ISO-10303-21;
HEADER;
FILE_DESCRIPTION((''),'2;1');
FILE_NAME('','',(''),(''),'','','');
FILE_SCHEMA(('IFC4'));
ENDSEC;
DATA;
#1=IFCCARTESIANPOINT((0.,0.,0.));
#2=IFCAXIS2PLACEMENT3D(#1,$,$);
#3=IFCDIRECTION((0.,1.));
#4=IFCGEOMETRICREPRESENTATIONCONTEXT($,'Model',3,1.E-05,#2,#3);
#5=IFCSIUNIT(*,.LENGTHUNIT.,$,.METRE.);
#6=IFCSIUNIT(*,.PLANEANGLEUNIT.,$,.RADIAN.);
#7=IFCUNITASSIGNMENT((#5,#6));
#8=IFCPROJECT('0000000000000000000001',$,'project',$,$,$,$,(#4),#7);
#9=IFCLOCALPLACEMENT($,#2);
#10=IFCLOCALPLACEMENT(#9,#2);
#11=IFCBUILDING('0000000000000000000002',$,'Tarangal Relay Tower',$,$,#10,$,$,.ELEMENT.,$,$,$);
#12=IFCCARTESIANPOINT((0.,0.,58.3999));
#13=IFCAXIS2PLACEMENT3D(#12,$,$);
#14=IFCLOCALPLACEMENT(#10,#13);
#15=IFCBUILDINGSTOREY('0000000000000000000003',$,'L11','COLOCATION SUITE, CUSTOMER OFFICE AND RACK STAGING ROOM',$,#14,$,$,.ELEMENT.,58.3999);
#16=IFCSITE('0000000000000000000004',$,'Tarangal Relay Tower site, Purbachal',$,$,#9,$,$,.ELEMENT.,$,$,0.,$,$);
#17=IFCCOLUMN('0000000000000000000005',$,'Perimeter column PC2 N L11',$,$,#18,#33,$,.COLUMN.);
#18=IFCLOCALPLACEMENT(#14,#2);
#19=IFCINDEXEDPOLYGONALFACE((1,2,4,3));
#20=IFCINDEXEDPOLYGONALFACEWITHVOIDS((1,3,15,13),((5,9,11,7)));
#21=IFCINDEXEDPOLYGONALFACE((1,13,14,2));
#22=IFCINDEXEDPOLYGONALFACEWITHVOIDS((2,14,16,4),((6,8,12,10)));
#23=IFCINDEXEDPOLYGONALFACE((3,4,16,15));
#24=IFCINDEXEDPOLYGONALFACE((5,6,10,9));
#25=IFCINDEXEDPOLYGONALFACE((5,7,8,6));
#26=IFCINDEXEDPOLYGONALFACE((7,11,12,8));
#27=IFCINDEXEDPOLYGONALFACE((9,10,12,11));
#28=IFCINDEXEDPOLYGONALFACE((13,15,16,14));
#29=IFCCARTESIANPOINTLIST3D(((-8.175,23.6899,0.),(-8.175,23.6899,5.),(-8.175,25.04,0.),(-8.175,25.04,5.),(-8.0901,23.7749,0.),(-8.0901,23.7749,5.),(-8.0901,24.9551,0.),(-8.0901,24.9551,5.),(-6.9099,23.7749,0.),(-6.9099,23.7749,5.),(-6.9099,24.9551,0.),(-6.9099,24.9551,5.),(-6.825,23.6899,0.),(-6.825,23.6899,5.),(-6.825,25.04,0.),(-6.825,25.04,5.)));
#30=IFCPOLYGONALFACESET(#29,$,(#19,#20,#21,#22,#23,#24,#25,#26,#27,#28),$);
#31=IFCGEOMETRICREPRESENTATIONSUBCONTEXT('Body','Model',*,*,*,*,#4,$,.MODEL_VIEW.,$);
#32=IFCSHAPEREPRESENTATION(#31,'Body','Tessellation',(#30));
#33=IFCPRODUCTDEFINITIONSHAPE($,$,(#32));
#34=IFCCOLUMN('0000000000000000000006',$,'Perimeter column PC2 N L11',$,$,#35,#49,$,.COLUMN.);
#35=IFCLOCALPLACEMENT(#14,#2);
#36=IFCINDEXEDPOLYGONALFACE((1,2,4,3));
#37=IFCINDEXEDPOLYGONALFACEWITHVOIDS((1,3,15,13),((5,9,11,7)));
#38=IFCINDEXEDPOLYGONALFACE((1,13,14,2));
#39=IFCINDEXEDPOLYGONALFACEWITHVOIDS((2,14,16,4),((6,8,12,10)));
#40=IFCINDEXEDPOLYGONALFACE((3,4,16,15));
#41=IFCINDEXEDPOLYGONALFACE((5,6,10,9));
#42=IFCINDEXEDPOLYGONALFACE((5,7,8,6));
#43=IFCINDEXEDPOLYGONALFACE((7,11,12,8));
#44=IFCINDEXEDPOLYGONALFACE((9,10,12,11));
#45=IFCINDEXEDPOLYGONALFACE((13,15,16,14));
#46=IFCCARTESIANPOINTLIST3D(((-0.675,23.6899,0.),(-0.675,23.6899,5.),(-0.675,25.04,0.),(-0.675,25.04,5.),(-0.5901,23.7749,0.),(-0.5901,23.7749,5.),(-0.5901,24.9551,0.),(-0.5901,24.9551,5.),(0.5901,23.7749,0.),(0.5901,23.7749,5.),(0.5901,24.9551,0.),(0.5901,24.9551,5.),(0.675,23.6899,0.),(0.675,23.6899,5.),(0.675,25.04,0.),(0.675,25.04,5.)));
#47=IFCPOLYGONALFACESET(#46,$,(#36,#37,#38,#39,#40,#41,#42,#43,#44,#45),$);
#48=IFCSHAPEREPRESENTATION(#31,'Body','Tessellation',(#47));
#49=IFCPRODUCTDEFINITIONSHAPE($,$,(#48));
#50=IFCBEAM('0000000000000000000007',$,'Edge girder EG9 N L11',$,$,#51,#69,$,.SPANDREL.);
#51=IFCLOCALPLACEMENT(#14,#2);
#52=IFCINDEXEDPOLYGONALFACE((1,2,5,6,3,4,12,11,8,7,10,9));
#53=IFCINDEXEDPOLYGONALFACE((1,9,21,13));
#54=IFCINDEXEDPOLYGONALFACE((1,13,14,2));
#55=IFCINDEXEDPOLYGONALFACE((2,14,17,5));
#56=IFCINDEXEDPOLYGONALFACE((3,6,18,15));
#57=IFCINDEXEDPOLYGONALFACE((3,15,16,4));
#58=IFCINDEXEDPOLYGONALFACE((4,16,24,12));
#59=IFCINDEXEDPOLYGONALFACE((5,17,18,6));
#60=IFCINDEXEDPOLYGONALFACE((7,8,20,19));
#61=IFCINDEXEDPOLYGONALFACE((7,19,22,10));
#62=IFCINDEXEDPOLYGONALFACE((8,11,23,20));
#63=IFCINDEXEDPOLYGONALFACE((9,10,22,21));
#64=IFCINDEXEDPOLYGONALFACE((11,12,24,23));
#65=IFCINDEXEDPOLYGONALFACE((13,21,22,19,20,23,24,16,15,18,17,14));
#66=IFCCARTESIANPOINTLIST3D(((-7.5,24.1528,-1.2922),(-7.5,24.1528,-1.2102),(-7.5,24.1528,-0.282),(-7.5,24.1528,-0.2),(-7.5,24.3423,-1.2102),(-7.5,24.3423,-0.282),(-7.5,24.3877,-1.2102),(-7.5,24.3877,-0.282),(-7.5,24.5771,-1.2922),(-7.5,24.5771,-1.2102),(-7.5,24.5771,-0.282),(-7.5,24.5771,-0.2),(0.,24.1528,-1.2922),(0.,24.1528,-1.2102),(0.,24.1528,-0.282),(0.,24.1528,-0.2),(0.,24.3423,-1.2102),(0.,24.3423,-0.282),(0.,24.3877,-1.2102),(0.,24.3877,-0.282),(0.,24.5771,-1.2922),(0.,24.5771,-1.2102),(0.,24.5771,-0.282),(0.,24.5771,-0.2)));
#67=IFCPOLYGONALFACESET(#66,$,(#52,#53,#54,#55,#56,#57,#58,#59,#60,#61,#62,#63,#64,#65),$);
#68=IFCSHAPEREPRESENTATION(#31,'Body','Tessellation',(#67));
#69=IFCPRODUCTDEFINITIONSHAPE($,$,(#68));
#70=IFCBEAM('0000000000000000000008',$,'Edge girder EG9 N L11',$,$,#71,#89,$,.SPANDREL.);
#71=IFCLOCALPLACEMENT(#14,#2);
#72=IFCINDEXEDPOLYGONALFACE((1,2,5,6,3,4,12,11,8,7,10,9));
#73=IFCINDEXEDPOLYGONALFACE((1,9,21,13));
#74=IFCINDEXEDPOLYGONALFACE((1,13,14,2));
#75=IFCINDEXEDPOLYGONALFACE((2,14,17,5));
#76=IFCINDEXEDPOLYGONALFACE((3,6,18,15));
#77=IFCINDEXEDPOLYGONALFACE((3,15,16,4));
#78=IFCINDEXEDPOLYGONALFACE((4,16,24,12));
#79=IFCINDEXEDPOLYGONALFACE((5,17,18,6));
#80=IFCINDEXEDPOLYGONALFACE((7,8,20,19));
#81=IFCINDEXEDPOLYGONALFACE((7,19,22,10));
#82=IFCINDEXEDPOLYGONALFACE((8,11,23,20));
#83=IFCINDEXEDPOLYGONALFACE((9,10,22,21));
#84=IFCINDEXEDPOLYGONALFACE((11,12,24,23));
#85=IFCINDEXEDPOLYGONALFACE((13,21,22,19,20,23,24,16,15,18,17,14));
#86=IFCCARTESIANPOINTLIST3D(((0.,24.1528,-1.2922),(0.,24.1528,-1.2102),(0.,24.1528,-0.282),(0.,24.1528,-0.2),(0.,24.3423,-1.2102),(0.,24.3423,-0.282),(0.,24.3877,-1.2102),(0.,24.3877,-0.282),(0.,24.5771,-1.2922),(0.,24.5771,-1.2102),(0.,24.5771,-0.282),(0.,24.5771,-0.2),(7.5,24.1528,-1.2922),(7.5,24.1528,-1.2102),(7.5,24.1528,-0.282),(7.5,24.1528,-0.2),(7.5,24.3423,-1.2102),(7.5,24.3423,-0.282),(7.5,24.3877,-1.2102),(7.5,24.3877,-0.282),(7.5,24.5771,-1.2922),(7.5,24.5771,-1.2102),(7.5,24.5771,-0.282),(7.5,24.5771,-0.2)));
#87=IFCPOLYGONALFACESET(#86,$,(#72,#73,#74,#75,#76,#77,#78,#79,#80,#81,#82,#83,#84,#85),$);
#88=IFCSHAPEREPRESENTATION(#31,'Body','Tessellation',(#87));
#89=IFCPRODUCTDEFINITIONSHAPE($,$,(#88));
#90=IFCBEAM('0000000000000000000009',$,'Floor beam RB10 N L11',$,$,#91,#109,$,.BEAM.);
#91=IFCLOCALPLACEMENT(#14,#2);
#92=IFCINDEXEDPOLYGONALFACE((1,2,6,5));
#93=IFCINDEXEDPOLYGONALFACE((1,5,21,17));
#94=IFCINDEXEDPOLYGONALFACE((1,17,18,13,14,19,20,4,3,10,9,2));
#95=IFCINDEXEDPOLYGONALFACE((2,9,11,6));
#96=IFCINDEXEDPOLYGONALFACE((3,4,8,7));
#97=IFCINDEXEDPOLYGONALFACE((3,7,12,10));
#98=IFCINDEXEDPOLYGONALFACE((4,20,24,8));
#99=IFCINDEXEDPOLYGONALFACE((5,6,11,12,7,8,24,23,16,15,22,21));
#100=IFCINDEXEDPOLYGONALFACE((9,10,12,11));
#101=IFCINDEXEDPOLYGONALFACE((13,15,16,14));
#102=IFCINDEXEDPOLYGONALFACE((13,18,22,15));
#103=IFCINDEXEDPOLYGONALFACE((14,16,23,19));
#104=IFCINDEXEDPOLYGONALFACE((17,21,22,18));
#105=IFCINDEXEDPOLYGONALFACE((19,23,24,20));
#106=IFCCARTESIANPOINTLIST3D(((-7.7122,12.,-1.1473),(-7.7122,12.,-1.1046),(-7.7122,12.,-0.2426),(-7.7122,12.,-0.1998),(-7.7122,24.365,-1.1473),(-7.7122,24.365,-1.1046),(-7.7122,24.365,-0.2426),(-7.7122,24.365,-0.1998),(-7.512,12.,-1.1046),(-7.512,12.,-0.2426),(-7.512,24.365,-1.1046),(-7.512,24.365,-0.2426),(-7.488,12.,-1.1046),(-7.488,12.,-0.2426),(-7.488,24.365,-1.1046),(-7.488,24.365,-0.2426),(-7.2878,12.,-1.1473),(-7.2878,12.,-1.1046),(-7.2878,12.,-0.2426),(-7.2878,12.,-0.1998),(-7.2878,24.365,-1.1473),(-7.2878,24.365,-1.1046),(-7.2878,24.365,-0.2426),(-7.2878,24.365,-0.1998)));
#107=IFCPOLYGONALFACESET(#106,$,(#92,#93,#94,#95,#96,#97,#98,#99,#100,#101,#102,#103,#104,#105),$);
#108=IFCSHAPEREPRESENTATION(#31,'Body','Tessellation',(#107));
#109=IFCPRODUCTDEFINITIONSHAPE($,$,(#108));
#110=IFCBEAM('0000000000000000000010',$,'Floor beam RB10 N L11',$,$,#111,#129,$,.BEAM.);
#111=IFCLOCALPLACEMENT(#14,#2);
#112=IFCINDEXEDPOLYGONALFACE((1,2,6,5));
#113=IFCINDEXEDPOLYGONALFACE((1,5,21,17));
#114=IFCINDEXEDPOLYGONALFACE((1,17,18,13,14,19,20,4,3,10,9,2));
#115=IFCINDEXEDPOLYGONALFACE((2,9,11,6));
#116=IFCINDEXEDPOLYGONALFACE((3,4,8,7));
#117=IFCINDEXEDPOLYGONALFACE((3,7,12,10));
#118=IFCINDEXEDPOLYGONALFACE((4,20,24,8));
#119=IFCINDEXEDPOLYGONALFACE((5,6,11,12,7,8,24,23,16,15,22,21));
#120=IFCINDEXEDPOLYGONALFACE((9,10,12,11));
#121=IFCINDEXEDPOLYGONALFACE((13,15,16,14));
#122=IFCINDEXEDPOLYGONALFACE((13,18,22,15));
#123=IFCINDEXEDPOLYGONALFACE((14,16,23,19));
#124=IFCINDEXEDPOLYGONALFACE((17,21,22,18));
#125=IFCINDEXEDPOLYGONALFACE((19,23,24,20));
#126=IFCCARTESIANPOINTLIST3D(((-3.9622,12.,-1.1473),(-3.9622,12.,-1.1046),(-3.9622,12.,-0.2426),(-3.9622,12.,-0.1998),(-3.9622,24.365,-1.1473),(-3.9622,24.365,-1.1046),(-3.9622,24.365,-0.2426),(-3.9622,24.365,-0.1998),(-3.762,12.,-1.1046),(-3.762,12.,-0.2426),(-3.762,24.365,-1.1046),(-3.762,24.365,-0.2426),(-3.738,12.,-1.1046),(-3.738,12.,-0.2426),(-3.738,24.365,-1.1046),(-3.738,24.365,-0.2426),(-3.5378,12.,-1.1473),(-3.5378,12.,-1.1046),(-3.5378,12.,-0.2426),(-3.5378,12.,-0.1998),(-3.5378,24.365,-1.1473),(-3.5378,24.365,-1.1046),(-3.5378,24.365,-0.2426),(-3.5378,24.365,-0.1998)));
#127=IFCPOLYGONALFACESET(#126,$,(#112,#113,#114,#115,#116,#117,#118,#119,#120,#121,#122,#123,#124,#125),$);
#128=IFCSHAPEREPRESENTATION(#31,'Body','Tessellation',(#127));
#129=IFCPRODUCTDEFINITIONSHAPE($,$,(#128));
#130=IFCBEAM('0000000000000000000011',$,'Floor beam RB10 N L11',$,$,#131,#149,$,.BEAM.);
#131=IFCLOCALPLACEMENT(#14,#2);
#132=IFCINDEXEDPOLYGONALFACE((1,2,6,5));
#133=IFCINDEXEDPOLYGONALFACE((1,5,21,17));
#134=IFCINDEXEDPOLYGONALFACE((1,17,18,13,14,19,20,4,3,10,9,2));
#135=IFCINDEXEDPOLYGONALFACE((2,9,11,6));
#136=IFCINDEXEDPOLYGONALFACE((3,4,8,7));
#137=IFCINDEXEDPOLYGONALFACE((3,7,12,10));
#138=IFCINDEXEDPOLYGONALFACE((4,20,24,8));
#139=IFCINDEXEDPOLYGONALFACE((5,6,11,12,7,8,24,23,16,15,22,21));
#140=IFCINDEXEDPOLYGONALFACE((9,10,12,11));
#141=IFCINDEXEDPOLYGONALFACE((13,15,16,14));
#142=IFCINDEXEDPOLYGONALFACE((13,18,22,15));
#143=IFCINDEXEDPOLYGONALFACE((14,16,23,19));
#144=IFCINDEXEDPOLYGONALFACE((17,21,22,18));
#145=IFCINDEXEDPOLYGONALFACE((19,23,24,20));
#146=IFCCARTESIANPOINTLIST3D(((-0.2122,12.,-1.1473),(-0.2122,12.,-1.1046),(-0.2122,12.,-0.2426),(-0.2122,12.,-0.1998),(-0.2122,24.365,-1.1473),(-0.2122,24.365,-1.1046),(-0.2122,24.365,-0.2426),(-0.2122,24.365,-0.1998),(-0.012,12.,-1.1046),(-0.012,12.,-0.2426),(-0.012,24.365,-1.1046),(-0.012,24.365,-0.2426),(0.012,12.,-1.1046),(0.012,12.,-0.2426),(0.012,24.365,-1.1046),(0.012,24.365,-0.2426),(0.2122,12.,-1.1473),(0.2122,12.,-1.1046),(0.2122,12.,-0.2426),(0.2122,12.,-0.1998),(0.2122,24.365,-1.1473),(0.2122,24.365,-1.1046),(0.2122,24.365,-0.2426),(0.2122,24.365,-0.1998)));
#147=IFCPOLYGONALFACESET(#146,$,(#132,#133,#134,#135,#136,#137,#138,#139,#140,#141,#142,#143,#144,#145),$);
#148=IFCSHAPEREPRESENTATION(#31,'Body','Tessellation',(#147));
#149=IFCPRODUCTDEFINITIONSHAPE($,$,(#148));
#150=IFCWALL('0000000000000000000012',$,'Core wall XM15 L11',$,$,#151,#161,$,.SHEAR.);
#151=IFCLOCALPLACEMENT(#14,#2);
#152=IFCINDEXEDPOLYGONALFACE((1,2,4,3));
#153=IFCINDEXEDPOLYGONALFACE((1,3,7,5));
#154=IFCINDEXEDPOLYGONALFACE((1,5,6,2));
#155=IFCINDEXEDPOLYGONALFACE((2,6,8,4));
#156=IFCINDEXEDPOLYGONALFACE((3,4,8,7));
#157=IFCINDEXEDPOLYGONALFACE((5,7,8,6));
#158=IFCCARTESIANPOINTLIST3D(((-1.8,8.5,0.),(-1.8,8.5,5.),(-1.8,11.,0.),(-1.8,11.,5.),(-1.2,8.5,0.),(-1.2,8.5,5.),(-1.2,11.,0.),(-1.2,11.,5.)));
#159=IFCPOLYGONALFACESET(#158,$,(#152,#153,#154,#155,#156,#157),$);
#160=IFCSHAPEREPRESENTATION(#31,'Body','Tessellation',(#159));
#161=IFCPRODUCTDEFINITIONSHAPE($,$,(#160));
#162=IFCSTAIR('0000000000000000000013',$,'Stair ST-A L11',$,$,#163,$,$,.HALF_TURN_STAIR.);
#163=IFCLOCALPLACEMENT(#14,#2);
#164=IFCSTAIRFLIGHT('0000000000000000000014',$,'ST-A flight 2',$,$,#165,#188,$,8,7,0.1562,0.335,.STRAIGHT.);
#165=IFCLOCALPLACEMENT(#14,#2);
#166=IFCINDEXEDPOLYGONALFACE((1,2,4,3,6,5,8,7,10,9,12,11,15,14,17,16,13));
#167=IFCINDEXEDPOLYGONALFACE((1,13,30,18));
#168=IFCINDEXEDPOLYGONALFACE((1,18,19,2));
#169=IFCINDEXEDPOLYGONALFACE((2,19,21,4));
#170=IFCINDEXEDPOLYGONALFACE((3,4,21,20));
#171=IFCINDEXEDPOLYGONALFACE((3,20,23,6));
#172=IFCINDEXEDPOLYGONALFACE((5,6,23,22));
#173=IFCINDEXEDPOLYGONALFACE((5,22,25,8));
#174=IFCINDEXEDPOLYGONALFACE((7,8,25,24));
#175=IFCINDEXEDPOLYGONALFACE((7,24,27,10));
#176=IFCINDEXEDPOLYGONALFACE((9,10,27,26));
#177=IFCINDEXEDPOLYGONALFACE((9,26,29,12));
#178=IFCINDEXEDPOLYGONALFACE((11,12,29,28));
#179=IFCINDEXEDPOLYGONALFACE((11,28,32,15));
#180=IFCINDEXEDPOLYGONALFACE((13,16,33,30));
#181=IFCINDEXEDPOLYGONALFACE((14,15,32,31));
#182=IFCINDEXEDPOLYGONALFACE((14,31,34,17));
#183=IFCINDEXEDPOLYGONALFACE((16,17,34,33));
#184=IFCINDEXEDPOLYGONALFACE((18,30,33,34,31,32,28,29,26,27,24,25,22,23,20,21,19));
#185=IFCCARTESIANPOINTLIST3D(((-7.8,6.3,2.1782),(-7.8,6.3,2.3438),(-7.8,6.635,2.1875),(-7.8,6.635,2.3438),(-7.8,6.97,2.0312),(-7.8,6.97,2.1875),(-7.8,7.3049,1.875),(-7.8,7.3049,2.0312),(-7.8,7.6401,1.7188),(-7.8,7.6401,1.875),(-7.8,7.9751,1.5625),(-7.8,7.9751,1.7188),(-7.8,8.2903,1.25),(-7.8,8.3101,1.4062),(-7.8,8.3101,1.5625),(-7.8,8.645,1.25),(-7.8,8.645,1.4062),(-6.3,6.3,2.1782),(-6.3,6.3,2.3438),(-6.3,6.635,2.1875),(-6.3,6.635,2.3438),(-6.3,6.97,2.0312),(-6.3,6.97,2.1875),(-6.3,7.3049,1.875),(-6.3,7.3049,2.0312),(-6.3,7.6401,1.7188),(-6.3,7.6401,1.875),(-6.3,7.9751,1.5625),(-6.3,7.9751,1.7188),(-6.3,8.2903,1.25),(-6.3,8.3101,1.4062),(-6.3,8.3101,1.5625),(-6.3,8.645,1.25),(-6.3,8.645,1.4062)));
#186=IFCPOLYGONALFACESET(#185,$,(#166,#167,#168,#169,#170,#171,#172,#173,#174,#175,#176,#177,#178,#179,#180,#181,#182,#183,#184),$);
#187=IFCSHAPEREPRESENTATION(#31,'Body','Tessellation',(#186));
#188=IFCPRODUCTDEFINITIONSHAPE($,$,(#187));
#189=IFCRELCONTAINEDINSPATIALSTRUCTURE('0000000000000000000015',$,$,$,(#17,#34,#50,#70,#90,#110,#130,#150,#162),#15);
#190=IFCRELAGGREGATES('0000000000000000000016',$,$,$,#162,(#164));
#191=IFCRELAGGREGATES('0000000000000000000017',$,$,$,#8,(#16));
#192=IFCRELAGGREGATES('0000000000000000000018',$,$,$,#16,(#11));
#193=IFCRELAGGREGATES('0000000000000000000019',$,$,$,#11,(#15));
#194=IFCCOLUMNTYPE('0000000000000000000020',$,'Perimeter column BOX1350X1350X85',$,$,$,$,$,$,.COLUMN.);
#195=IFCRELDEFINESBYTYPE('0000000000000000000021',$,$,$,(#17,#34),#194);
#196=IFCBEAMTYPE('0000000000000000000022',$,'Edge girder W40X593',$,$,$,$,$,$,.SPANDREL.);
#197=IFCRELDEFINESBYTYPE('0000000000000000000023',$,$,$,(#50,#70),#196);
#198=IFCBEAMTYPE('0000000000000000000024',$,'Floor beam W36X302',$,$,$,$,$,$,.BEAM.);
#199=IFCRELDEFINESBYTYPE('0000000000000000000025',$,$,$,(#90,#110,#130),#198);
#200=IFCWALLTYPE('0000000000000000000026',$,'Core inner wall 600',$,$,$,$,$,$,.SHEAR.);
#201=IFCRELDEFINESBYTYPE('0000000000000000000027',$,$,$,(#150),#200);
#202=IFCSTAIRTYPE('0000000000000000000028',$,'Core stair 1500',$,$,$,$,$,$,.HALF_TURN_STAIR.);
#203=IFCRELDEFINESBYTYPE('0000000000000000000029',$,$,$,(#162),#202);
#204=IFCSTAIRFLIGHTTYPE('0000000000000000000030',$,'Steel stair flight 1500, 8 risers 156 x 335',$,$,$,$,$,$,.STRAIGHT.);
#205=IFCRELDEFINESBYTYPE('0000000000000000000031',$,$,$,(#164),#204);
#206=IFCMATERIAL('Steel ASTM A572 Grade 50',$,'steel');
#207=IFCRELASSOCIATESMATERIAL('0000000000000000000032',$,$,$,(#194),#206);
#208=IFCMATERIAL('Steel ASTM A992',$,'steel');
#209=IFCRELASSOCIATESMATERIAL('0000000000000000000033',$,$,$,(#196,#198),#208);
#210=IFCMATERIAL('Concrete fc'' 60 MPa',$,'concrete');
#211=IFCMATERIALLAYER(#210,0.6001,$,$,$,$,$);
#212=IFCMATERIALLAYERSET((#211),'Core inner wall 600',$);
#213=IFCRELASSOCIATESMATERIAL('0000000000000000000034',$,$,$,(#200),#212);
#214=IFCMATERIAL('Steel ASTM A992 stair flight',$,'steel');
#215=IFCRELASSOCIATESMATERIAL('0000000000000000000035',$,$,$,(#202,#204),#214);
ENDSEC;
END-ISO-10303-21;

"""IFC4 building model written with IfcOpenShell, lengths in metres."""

from ifc_helpers import new_model, si_unit, direction, frame, frame_2d, origin, origin_2d, place, context, subcontext, project, spatial, polyline, rectangle, hollow_rectangle, i_section, outline, extrude, material, layer, layer_set, material_profile, profile_set, type_object, element, aggregate, save


model = new_model("IFC4")

# Units and contexts
model_context = context("Model", 3, precision=1e-05, world=origin(), true_north=direction((0.0, 1.0)))
body_context = subcontext(model_context, "Body", "Model", "MODEL_VIEW")
ifc_project = project(units=[si_unit("LENGTHUNIT", "METRE"), si_unit("PLANEANGLEUNIT", "RADIAN")], contexts=[model_context])

# Site, building, storey
site_placement = place(None, origin())
site = spatial("IfcSite", under=ifc_project, at=site_placement, Name="Tarangal Relay Tower site, Purbachal", CompositionType="ELEMENT", RefElevation=0.0)
building_placement = place(site_placement, origin())
building = spatial("IfcBuilding", under=site, at=building_placement, Name="Tarangal Relay Tower", CompositionType="ELEMENT")
storey_placement = place(building_placement, frame((0.0, 0.0, 58.3999)))
storey = spatial("IfcBuildingStorey", under=building, at=storey_placement, Name="L11", Description="COLOCATION SUITE, CUSTOMER OFFICE AND RACK STAGING ROOM", CompositionType="ELEMENT", Elevation=58.3999)

# Columns
ifc_material_1 = material(Name="Steel ASTM A572 Grade 50", Category="steel")
ifc_material_profile_1 = material_profile(ifc_material_1, hollow_rectangle(XDim=1.3501, YDim=1.3501, WallThickness=0.085, at=origin_2d()), Name="BOX1350X1350X85")
ifc_profile_set_1 = profile_set([ifc_material_profile_1], Name="Steel ASTM A572 Grade 50")
column_type = type_object("IfcColumnType", Name="Perimeter column BOX1350X1350X85", PredefinedType="COLUMN", material=ifc_profile_set_1)
for number, where, z_axis, x_axis, name in (
    (1, (-7.5, 24.365, 0.0), (0.0, 0.0, 1.0), (1.0, 0.0, 0.0), "Perimeter column PC2 N L11"),
    (2, (0.0, 24.365, 0.0), (0.0, 0.0, 1.0), (1.0, 0.0, 0.0), "Perimeter column PC2 N L11"),
):
    element("IfcColumn", number, at=place(storey_placement, frame(where, z_axis=z_axis, x_axis=x_axis)), inside=storey, type_object=column_type, Name=name, PredefinedType="COLUMN", context=body_context, shape_type="SweptSolid", body=[
        extrude(hollow_rectangle(XDim=1.3501, YDim=1.3501, WallThickness=0.085, at=origin_2d()), origin(), (0.0, 0.0, 1.0), 5.0),
    ])

# Beams
ifc_material_2 = material(Name="Steel ASTM A992", Category="steel")
ifc_material_profile_2 = material_profile(ifc_material_2, i_section(OverallWidth=0.4243, OverallDepth=1.0923, WebThickness=0.0454, FlangeThickness=0.082, at=origin_2d()), Name="W40X593")
ifc_profile_set_2 = profile_set([ifc_material_profile_2], Name="Steel ASTM A992")
beam_type_1 = type_object("IfcBeamType", Name="Edge girder W40X593", PredefinedType="SPANDREL", material=ifc_profile_set_2)
for number, where, z_axis, x_axis, name in (
    (3, (-7.5, 24.365, -0.7461), (1.0, 0.0, 0.0), (0.0, 1.0, 0.0), "Edge girder EG9 N L11"),
    (4, (0.0, 24.365, -0.7461), (1.0, 0.0, 0.0), (0.0, 1.0, 0.0), "Edge girder EG9 N L11"),
):
    element("IfcBeam", number, at=place(storey_placement, frame(where, z_axis=z_axis, x_axis=x_axis)), inside=storey, type_object=beam_type_1, Name=name, PredefinedType="SPANDREL", context=body_context, shape_type="SweptSolid", body=[
        extrude(i_section(OverallWidth=0.4243, OverallDepth=1.0923, WebThickness=0.0454, FlangeThickness=0.082, at=origin_2d()), origin(), (0.0, 0.0, 1.0), 7.5),
    ])
ifc_material_profile_3 = material_profile(ifc_material_2, i_section(OverallWidth=0.4243, OverallDepth=0.9475, WebThickness=0.0239, FlangeThickness=0.0427, at=origin_2d()), Name="W36X302")
ifc_profile_set_3 = profile_set([ifc_material_profile_3], Name="Steel ASTM A992")
beam_type_2 = type_object("IfcBeamType", Name="Floor beam W36X302", PredefinedType="BEAM", material=ifc_profile_set_3)
for number, where, z_axis, x_axis, name in (
    (5, (-7.5, 12.0, -0.6736), (0.0, 1.0, 0.0), (-1.0, 0.0, 0.0), "Floor beam RB10 N L11"),
    (6, (-3.75, 12.0, -0.6736), (0.0, 1.0, 0.0), (-1.0, 0.0, 0.0), "Floor beam RB10 N L11"),
    (7, (0.0, 12.0, -0.6736), (0.0, 1.0, 0.0), (-1.0, 0.0, 0.0), "Floor beam RB10 N L11"),
):
    element("IfcBeam", number, at=place(storey_placement, frame(where, z_axis=z_axis, x_axis=x_axis)), inside=storey, type_object=beam_type_2, Name=name, PredefinedType="BEAM", context=body_context, shape_type="SweptSolid", body=[
        extrude(i_section(OverallWidth=0.4243, OverallDepth=0.9475, WebThickness=0.0239, FlangeThickness=0.0427, at=origin_2d()), origin(), (0.0, 0.0, 1.0), 12.365),
    ])

# Wall
ifc_material_3 = material(Name="Concrete fc' 60 MPa", Category="concrete")
ifc_layer_1 = layer(ifc_material_3, 0.6001)
ifc_layer_set_1 = layer_set([ifc_layer_1], Name="Core inner wall 600")
wall_type = type_object("IfcWallType", Name="Core inner wall 600", PredefinedType="SHEAR", material=ifc_layer_set_1)
wall_placement = place(storey_placement, frame((-1.5, 8.5, 0.0), z_axis=(0.0, 0.0, 1.0), x_axis=(0.0, 1.0, 0.0)))
element("IfcWall", 8, at=wall_placement, inside=storey, type_object=wall_type, Name="Core wall XM15 L11", PredefinedType="SHEAR", context=body_context, shape_type="SweptSolid", body=[
    extrude(rectangle(XDim=2.5, YDim=0.6001, at=frame_2d((1.25, 0.0))), origin(), (0.0, 0.0, 1.0), 5.0),
])

# Stair, stair flight
ifc_material_4 = material(Name="Steel ASTM A992 stair flight", Category="steel")
stair_type = type_object("IfcStairType", Name="Core stair 1500", PredefinedType="HALF_TURN_STAIR", material=ifc_material_4)
stair_placement = place(storey_placement, origin())
stair = element("IfcStair", 9, at=stair_placement, inside=storey, type_object=stair_type, Name="Stair ST-A L11", PredefinedType="HALF_TURN_STAIR")
stair_flight_type = type_object("IfcStairFlightType", Name="Steel stair flight 1500, 8 risers 156 x 335", PredefinedType="STRAIGHT", material=ifc_material_4)
stair_flight_1_placement = place(storey_placement, frame((-7.05, 8.645, 1.25), z_axis=(0.0, 0.0, 1.0), x_axis=(0.0, -1.0, 0.0)))
stair_flight_1 = element("IfcStairFlight", 10, at=stair_flight_1_placement, type_object=stair_flight_type, Name="ST-A flight 2", NumberOfRisers=8, NumberOfTreads=7, PredefinedType="STRAIGHT", RiserHeight=0.1562, TreadLength=0.335, context=body_context, shape_type="SweptSolid", body=[
    extrude(outline(polyline([(0.0, 0.0), (0.0, 0.1562), (0.335, 0.1562), (0.335, 0.3125), (0.6699, 0.3125), (0.6699, 0.4688), (1.0049, 0.4688), (1.0049, 0.625), (1.3401, 0.625), (1.3401, 0.7812), (1.675, 0.7812), (1.675, 0.9375), (2.01, 0.9375), (2.01, 1.0938), (2.345, 1.0938), (2.345, 1.25), (2.345, 0.9282), (0.3547, 0.0), (0.0, 0.0)])), frame((0.0, 0.75, 0.0), z_axis=(0.0, -1.0, 0.0), x_axis=(1.0, 0.0, 0.0)), (0.0, 0.0, 1.0), 1.5),
])
aggregate(stair, [stair_flight_1])

save(model, "model.ifc")
